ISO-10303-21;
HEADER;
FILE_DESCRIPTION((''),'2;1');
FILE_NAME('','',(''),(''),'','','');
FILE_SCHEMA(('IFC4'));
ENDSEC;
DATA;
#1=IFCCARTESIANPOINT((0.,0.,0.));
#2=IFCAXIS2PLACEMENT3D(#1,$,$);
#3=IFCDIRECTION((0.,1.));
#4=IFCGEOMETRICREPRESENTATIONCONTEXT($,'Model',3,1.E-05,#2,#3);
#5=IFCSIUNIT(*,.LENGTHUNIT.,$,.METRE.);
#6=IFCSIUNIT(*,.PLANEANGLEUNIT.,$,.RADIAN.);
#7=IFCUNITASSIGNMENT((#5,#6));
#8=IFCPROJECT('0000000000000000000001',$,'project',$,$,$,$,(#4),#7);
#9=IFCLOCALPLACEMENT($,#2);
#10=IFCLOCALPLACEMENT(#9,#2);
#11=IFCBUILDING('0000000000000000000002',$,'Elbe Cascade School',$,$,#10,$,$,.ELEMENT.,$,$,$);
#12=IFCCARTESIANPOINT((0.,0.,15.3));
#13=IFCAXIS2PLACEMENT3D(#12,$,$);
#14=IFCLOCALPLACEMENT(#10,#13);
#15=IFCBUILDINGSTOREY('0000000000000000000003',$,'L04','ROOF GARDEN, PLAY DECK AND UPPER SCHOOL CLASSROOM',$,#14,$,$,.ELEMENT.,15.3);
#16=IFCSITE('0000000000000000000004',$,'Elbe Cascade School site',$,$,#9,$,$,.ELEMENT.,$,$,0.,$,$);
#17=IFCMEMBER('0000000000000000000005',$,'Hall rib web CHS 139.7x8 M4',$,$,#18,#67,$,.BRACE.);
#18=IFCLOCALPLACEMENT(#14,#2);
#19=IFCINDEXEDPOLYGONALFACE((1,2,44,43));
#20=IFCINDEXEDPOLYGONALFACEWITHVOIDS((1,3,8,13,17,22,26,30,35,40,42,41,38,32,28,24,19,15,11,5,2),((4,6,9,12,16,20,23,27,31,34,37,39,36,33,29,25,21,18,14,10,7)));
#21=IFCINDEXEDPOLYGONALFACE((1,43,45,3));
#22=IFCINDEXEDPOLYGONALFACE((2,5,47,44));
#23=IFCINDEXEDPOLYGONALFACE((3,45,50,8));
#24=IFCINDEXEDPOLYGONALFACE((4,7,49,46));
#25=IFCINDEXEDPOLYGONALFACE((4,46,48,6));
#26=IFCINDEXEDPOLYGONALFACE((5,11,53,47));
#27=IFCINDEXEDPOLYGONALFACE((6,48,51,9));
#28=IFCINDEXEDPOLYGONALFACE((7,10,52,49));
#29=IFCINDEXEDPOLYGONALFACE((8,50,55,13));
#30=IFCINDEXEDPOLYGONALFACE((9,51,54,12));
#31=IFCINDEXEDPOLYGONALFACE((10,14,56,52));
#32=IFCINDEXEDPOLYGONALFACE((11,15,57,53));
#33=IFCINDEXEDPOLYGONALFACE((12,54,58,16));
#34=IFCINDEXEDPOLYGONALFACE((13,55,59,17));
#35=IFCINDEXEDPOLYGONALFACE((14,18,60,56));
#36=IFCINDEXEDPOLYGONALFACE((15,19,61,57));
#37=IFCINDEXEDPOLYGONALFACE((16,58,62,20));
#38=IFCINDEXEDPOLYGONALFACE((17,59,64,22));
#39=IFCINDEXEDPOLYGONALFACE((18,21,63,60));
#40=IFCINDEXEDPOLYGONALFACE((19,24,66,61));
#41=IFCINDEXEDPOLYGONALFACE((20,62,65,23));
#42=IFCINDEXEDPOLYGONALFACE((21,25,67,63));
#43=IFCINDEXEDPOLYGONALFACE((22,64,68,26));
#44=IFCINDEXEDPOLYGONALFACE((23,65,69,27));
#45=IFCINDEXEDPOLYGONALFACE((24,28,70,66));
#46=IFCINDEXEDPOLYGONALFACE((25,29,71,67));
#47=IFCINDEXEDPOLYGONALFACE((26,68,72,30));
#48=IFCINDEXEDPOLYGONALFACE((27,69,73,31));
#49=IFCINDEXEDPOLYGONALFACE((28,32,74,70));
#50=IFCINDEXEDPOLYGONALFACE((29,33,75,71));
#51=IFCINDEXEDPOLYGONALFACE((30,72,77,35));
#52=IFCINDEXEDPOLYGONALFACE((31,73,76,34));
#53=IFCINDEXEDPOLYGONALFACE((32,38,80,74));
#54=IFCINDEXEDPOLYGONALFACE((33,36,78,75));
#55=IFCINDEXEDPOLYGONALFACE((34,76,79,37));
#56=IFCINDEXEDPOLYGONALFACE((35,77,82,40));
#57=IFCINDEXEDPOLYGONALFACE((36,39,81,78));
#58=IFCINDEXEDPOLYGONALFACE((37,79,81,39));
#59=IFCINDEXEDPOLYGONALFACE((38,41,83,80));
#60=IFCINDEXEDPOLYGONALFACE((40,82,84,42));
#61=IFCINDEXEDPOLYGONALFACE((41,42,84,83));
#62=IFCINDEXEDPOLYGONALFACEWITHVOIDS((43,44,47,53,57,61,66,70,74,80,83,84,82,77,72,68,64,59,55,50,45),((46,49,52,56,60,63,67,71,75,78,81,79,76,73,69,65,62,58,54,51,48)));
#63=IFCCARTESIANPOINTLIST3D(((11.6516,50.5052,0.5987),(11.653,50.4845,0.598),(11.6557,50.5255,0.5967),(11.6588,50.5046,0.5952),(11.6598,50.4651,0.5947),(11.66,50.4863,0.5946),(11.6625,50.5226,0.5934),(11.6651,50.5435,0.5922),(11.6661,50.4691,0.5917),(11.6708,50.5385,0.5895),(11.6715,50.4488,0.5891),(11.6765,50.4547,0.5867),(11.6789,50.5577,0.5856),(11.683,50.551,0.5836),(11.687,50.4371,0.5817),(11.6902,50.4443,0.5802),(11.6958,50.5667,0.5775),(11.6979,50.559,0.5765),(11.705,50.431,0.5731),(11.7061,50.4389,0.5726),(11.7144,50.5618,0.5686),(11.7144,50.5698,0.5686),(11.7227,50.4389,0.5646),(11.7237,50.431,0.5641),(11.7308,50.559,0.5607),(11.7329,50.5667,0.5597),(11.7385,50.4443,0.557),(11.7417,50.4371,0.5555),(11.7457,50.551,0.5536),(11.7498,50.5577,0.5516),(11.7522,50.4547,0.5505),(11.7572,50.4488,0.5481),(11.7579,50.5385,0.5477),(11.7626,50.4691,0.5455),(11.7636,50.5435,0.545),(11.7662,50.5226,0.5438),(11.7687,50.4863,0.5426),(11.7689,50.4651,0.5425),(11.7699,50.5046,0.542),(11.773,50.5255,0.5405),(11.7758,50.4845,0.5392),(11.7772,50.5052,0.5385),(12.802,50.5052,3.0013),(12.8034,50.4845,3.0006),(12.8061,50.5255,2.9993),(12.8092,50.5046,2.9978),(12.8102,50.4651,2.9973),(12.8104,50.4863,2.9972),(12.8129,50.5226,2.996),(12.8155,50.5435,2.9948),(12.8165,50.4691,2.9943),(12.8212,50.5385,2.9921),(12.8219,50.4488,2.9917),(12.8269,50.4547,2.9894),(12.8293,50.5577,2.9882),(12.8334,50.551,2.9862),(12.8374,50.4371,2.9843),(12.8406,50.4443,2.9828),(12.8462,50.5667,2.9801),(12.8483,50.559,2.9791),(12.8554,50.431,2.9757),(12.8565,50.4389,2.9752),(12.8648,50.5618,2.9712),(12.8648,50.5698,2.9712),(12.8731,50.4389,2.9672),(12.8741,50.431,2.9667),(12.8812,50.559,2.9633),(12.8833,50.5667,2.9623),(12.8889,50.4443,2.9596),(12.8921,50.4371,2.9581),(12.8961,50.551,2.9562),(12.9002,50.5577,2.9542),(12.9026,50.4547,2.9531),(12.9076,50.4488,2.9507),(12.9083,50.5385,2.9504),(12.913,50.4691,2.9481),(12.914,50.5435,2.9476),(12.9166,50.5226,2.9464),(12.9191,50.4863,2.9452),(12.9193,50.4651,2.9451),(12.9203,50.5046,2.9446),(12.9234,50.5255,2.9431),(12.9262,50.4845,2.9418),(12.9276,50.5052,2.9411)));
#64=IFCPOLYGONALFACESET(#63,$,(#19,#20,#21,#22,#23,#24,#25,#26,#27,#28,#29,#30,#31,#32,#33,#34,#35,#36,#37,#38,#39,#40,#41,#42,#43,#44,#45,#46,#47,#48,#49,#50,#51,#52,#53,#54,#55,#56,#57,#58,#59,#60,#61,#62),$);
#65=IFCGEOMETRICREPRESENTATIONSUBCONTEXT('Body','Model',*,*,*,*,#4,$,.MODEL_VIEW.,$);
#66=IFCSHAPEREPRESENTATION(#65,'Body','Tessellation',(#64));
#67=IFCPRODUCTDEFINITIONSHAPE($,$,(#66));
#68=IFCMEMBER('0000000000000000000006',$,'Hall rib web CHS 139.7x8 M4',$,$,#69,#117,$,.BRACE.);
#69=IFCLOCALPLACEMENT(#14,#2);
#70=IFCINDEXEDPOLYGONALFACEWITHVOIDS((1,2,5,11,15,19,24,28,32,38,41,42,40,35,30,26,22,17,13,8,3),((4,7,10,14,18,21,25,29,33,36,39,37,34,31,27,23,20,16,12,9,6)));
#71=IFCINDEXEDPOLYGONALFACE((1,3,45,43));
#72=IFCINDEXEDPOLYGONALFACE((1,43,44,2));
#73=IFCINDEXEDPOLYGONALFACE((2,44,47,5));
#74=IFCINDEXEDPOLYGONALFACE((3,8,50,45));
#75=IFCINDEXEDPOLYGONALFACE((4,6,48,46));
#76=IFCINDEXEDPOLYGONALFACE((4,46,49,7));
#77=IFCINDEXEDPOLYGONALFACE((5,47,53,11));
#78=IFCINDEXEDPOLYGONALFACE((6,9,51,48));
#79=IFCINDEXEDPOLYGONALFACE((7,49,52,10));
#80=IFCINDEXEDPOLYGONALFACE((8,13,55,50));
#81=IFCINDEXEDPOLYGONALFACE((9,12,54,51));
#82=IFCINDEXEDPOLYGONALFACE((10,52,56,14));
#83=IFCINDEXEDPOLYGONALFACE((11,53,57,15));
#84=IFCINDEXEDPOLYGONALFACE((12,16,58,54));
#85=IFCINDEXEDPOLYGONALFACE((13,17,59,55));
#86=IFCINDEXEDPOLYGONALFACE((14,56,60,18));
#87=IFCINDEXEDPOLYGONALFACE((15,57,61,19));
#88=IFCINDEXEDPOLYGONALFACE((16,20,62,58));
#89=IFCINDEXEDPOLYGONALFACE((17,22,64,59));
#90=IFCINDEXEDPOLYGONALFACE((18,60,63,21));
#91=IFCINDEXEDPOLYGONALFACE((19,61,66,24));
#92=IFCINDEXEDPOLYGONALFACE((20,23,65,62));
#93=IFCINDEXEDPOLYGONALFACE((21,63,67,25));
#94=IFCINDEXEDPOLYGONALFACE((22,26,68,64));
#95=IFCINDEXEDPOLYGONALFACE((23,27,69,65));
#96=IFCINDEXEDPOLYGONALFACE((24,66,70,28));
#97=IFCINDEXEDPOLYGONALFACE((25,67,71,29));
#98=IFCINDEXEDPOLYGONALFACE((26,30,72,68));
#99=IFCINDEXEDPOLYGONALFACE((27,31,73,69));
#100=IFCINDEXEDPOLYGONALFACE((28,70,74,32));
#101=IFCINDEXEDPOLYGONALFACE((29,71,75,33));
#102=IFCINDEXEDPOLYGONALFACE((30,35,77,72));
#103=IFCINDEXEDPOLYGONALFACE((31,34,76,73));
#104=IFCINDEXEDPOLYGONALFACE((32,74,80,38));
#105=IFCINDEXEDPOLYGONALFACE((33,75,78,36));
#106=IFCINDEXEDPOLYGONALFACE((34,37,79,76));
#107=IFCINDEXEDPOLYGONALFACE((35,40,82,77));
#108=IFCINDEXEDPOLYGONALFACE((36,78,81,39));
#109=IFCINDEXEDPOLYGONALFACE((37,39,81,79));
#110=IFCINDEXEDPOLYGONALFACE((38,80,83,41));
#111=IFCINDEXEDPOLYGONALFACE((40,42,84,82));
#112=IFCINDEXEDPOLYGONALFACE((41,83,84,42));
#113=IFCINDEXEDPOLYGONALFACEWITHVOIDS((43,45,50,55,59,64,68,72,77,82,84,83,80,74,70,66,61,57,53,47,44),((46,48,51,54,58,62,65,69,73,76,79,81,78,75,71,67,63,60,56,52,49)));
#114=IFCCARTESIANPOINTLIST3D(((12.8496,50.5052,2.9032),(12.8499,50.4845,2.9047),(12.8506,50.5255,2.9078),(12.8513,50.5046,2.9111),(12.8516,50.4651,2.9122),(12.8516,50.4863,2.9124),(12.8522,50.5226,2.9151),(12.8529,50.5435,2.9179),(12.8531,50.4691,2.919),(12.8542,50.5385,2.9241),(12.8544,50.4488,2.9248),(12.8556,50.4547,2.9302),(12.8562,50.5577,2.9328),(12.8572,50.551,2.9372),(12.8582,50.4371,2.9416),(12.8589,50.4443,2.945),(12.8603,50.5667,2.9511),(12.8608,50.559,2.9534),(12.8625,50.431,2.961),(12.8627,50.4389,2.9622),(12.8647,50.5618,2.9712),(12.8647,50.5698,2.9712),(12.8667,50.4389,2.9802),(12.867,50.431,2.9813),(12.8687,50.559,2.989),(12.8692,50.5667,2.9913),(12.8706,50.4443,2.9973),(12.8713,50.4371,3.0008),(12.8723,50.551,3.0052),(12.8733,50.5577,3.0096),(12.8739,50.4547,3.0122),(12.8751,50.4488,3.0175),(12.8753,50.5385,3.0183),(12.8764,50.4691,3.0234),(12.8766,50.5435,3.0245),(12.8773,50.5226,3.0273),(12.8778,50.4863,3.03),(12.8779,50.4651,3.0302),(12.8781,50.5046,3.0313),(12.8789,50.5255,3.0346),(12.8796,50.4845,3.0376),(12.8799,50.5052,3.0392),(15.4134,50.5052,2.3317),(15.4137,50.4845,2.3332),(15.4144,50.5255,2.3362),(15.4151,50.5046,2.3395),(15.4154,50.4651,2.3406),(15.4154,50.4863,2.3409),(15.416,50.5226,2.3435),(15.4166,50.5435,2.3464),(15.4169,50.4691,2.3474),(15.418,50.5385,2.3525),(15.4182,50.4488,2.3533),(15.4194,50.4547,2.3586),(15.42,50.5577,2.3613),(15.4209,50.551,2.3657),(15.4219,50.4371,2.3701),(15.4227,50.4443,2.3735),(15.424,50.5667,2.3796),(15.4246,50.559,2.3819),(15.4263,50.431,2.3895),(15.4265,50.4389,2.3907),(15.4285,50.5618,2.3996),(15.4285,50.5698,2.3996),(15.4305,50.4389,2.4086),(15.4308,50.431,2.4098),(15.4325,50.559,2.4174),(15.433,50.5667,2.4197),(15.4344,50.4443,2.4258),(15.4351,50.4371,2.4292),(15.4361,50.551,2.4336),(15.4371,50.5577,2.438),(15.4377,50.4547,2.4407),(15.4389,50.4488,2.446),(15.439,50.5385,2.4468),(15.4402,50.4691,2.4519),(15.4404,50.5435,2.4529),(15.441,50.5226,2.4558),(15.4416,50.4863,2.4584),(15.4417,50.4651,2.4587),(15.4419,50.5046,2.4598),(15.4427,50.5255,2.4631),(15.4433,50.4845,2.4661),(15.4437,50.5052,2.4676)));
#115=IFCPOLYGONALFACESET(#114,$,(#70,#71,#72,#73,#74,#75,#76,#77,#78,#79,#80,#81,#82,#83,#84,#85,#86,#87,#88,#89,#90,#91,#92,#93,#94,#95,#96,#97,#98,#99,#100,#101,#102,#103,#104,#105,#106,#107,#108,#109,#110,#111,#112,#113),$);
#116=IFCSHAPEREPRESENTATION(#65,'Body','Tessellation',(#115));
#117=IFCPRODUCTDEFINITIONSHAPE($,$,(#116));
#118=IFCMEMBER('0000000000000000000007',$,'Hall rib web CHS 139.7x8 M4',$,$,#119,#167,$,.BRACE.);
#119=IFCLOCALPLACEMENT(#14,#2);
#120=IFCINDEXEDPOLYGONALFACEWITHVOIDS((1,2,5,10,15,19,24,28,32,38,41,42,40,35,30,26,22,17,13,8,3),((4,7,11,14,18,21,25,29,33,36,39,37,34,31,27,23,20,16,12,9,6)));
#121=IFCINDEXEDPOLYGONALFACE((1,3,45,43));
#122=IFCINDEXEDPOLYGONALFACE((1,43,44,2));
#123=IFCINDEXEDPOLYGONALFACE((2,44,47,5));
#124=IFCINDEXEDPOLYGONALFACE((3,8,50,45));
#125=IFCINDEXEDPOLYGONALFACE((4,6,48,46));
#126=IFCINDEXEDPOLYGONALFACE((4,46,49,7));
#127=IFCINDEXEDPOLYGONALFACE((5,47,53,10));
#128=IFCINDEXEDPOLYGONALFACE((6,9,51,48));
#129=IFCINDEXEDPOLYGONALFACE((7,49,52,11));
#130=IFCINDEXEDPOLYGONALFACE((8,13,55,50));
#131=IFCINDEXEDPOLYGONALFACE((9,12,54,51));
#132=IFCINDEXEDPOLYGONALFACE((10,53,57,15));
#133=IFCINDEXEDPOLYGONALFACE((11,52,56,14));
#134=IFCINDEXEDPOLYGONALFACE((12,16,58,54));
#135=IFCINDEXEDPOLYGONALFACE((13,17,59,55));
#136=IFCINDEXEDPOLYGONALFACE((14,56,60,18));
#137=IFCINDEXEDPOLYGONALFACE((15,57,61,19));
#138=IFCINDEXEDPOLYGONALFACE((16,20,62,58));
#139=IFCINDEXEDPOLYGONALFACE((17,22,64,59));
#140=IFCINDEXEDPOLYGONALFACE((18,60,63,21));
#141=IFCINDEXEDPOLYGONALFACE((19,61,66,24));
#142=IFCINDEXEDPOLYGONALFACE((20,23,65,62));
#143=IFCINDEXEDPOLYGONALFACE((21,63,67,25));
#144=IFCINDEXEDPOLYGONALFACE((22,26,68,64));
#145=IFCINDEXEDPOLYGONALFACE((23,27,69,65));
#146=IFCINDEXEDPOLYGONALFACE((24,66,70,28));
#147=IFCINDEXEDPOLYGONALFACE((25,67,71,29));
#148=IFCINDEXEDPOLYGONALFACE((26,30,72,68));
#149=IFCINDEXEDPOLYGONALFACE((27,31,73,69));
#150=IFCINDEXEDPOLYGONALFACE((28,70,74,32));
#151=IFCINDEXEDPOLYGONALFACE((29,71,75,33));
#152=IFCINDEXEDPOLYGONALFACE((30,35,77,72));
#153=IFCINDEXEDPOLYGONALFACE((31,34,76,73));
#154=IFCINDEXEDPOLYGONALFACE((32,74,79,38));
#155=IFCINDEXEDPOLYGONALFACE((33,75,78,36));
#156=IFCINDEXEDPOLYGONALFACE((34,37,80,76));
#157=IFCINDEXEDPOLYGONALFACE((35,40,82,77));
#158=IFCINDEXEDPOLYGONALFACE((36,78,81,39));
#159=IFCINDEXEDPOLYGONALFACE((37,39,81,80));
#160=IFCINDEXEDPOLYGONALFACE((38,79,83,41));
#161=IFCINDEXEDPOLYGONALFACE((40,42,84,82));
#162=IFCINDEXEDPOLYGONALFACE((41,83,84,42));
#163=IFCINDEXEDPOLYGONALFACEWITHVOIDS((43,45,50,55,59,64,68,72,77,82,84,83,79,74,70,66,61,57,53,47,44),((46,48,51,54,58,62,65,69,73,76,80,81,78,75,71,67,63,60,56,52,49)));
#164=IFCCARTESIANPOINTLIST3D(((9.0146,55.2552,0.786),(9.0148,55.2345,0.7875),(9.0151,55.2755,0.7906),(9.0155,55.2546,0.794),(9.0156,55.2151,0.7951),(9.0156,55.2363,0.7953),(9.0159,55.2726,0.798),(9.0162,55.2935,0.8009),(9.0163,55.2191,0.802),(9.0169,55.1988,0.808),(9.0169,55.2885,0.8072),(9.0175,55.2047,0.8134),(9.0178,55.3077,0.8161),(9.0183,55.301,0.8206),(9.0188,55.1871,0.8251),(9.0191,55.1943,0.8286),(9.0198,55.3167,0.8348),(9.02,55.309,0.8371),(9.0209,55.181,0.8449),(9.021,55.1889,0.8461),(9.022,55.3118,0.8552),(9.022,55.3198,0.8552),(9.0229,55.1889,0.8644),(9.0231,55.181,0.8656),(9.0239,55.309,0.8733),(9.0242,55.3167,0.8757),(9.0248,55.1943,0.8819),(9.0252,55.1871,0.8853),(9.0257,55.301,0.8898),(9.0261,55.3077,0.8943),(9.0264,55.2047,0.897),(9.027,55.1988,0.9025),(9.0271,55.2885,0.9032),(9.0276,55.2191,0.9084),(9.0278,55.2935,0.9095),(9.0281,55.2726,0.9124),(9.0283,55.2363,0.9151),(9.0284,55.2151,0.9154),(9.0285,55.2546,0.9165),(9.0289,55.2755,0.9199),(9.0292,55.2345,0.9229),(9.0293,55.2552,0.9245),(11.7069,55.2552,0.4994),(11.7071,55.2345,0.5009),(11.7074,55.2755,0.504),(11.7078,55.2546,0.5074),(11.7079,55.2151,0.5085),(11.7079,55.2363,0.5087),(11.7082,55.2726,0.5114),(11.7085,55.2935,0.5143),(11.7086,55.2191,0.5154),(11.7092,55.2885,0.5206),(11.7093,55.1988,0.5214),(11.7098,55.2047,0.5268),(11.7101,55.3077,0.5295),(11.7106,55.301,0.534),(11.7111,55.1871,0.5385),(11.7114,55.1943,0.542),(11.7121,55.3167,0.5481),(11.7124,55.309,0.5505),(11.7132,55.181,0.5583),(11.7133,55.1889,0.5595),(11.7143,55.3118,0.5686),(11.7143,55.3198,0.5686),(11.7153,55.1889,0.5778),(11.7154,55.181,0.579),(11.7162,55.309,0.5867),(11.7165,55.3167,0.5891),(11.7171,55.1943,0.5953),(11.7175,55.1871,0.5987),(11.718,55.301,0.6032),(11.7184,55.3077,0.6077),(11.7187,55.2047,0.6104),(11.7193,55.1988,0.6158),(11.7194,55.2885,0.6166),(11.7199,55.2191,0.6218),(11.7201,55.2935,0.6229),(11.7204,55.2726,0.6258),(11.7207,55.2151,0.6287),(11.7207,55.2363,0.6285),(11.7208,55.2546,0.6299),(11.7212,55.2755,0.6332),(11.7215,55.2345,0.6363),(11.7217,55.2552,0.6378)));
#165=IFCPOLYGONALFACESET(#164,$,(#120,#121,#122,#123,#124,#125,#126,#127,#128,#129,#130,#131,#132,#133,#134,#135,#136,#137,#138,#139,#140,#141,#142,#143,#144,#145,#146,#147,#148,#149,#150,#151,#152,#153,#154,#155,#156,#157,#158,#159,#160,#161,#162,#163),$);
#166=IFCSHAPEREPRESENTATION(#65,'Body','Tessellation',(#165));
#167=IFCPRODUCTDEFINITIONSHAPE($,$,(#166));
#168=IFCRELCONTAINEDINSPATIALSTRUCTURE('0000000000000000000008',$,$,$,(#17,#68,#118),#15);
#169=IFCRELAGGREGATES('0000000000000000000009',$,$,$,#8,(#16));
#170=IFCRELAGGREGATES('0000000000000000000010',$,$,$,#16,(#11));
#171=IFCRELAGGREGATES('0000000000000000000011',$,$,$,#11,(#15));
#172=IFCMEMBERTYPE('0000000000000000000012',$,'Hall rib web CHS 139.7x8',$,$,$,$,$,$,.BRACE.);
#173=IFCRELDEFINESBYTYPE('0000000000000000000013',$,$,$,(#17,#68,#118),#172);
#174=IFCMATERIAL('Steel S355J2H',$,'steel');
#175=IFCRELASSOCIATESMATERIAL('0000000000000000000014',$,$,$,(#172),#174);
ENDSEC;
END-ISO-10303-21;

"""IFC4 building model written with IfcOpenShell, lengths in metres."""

from ifc_helpers import new_model, si_unit, direction, frame, origin, origin_2d, place, context, subcontext, project, spatial, hollow_circle, extrude, material, material_profile, profile_set, type_object, element, save


model = new_model("IFC4")

# Units and contexts
model_context = context("Model", 3, precision=1e-05, world=origin(), true_north=direction((0.0, 1.0)))
body_context = subcontext(model_context, "Body", "Model", "MODEL_VIEW")
ifc_project = project(units=[si_unit("LENGTHUNIT", "METRE"), si_unit("PLANEANGLEUNIT", "RADIAN")], contexts=[model_context])

# Site, building, storey
site_placement = place(None, origin())
site = spatial("IfcSite", under=ifc_project, at=site_placement, Name="Elbe Cascade School site", CompositionType="ELEMENT", RefElevation=0.0)
building_placement = place(site_placement, origin())
building = spatial("IfcBuilding", under=site, at=building_placement, Name="Elbe Cascade School", CompositionType="ELEMENT")
storey_placement = place(building_placement, frame((0.0, 0.0, 15.3)))
storey = spatial("IfcBuildingStorey", under=building, at=storey_placement, Name="L04", Description="ROOF GARDEN, PLAY DECK AND UPPER SCHOOL CLASSROOM", CompositionType="ELEMENT", Elevation=15.3)

# Members
ifc_material_1 = material(Name="Steel S355J2H", Category="steel")
ifc_material_profile_1 = material_profile(ifc_material_1, hollow_circle(Radius=0.0698, WallThickness=0.0081, at=origin_2d()), Name="CHS 139.7x8")
ifc_profile_set_1 = profile_set([ifc_material_profile_1], Name="Steel S355J2H")
member_type_1 = type_object("IfcMemberType", Name="Hall rib web CHS 139.7x8", PredefinedType="BRACE", material=ifc_profile_set_1)
member_1_placement = place(storey_placement, frame((11.7144, 50.5, 0.5686), z_axis=(0.431861, 0.0, 0.90194), x_axis=(0.0, 1.0, 0.0)))
element("IfcMember", 1, at=member_1_placement, inside=storey, type_object=member_type_1, Name="Hall rib web CHS 139.7x8 M4", PredefinedType="BRACE", context=body_context, shape_type="SweptSolid", body=[
    extrude(hollow_circle(Radius=0.0698, WallThickness=0.0081, at=origin_2d()), origin(), (0.0, 0.0, 1.0), 2.6638),
])
member_2_placement = place(storey_placement, frame((12.8647, 50.5, 2.9712), z_axis=(0.97604, 0.0, -0.21759), x_axis=(0.0, 1.0, 0.0)))
element("IfcMember", 2, at=member_2_placement, inside=storey, type_object=member_type_1, Name="Hall rib web CHS 139.7x8 M4", PredefinedType="BRACE", context=body_context, shape_type="SweptSolid", body=[
    extrude(hollow_circle(Radius=0.0698, WallThickness=0.0081, at=origin_2d()), origin(), (0.0, 0.0, 1.0), 2.6267),
])
member_3_placement = place(storey_placement, frame((9.022, 55.25, 0.8552), z_axis=(0.994381, 0.0, -0.105858), x_axis=(0.0, 1.0, 0.0)))
element("IfcMember", 3, at=member_3_placement, inside=storey, type_object=member_type_1, Name="Hall rib web CHS 139.7x8 M4", PredefinedType="BRACE", context=body_context, shape_type="SweptSolid", body=[
    extrude(hollow_circle(Radius=0.0698, WallThickness=0.0081, at=origin_2d()), origin(), (0.0, 0.0, 1.0), 2.7075),
])

save(model, "model.ifc")
